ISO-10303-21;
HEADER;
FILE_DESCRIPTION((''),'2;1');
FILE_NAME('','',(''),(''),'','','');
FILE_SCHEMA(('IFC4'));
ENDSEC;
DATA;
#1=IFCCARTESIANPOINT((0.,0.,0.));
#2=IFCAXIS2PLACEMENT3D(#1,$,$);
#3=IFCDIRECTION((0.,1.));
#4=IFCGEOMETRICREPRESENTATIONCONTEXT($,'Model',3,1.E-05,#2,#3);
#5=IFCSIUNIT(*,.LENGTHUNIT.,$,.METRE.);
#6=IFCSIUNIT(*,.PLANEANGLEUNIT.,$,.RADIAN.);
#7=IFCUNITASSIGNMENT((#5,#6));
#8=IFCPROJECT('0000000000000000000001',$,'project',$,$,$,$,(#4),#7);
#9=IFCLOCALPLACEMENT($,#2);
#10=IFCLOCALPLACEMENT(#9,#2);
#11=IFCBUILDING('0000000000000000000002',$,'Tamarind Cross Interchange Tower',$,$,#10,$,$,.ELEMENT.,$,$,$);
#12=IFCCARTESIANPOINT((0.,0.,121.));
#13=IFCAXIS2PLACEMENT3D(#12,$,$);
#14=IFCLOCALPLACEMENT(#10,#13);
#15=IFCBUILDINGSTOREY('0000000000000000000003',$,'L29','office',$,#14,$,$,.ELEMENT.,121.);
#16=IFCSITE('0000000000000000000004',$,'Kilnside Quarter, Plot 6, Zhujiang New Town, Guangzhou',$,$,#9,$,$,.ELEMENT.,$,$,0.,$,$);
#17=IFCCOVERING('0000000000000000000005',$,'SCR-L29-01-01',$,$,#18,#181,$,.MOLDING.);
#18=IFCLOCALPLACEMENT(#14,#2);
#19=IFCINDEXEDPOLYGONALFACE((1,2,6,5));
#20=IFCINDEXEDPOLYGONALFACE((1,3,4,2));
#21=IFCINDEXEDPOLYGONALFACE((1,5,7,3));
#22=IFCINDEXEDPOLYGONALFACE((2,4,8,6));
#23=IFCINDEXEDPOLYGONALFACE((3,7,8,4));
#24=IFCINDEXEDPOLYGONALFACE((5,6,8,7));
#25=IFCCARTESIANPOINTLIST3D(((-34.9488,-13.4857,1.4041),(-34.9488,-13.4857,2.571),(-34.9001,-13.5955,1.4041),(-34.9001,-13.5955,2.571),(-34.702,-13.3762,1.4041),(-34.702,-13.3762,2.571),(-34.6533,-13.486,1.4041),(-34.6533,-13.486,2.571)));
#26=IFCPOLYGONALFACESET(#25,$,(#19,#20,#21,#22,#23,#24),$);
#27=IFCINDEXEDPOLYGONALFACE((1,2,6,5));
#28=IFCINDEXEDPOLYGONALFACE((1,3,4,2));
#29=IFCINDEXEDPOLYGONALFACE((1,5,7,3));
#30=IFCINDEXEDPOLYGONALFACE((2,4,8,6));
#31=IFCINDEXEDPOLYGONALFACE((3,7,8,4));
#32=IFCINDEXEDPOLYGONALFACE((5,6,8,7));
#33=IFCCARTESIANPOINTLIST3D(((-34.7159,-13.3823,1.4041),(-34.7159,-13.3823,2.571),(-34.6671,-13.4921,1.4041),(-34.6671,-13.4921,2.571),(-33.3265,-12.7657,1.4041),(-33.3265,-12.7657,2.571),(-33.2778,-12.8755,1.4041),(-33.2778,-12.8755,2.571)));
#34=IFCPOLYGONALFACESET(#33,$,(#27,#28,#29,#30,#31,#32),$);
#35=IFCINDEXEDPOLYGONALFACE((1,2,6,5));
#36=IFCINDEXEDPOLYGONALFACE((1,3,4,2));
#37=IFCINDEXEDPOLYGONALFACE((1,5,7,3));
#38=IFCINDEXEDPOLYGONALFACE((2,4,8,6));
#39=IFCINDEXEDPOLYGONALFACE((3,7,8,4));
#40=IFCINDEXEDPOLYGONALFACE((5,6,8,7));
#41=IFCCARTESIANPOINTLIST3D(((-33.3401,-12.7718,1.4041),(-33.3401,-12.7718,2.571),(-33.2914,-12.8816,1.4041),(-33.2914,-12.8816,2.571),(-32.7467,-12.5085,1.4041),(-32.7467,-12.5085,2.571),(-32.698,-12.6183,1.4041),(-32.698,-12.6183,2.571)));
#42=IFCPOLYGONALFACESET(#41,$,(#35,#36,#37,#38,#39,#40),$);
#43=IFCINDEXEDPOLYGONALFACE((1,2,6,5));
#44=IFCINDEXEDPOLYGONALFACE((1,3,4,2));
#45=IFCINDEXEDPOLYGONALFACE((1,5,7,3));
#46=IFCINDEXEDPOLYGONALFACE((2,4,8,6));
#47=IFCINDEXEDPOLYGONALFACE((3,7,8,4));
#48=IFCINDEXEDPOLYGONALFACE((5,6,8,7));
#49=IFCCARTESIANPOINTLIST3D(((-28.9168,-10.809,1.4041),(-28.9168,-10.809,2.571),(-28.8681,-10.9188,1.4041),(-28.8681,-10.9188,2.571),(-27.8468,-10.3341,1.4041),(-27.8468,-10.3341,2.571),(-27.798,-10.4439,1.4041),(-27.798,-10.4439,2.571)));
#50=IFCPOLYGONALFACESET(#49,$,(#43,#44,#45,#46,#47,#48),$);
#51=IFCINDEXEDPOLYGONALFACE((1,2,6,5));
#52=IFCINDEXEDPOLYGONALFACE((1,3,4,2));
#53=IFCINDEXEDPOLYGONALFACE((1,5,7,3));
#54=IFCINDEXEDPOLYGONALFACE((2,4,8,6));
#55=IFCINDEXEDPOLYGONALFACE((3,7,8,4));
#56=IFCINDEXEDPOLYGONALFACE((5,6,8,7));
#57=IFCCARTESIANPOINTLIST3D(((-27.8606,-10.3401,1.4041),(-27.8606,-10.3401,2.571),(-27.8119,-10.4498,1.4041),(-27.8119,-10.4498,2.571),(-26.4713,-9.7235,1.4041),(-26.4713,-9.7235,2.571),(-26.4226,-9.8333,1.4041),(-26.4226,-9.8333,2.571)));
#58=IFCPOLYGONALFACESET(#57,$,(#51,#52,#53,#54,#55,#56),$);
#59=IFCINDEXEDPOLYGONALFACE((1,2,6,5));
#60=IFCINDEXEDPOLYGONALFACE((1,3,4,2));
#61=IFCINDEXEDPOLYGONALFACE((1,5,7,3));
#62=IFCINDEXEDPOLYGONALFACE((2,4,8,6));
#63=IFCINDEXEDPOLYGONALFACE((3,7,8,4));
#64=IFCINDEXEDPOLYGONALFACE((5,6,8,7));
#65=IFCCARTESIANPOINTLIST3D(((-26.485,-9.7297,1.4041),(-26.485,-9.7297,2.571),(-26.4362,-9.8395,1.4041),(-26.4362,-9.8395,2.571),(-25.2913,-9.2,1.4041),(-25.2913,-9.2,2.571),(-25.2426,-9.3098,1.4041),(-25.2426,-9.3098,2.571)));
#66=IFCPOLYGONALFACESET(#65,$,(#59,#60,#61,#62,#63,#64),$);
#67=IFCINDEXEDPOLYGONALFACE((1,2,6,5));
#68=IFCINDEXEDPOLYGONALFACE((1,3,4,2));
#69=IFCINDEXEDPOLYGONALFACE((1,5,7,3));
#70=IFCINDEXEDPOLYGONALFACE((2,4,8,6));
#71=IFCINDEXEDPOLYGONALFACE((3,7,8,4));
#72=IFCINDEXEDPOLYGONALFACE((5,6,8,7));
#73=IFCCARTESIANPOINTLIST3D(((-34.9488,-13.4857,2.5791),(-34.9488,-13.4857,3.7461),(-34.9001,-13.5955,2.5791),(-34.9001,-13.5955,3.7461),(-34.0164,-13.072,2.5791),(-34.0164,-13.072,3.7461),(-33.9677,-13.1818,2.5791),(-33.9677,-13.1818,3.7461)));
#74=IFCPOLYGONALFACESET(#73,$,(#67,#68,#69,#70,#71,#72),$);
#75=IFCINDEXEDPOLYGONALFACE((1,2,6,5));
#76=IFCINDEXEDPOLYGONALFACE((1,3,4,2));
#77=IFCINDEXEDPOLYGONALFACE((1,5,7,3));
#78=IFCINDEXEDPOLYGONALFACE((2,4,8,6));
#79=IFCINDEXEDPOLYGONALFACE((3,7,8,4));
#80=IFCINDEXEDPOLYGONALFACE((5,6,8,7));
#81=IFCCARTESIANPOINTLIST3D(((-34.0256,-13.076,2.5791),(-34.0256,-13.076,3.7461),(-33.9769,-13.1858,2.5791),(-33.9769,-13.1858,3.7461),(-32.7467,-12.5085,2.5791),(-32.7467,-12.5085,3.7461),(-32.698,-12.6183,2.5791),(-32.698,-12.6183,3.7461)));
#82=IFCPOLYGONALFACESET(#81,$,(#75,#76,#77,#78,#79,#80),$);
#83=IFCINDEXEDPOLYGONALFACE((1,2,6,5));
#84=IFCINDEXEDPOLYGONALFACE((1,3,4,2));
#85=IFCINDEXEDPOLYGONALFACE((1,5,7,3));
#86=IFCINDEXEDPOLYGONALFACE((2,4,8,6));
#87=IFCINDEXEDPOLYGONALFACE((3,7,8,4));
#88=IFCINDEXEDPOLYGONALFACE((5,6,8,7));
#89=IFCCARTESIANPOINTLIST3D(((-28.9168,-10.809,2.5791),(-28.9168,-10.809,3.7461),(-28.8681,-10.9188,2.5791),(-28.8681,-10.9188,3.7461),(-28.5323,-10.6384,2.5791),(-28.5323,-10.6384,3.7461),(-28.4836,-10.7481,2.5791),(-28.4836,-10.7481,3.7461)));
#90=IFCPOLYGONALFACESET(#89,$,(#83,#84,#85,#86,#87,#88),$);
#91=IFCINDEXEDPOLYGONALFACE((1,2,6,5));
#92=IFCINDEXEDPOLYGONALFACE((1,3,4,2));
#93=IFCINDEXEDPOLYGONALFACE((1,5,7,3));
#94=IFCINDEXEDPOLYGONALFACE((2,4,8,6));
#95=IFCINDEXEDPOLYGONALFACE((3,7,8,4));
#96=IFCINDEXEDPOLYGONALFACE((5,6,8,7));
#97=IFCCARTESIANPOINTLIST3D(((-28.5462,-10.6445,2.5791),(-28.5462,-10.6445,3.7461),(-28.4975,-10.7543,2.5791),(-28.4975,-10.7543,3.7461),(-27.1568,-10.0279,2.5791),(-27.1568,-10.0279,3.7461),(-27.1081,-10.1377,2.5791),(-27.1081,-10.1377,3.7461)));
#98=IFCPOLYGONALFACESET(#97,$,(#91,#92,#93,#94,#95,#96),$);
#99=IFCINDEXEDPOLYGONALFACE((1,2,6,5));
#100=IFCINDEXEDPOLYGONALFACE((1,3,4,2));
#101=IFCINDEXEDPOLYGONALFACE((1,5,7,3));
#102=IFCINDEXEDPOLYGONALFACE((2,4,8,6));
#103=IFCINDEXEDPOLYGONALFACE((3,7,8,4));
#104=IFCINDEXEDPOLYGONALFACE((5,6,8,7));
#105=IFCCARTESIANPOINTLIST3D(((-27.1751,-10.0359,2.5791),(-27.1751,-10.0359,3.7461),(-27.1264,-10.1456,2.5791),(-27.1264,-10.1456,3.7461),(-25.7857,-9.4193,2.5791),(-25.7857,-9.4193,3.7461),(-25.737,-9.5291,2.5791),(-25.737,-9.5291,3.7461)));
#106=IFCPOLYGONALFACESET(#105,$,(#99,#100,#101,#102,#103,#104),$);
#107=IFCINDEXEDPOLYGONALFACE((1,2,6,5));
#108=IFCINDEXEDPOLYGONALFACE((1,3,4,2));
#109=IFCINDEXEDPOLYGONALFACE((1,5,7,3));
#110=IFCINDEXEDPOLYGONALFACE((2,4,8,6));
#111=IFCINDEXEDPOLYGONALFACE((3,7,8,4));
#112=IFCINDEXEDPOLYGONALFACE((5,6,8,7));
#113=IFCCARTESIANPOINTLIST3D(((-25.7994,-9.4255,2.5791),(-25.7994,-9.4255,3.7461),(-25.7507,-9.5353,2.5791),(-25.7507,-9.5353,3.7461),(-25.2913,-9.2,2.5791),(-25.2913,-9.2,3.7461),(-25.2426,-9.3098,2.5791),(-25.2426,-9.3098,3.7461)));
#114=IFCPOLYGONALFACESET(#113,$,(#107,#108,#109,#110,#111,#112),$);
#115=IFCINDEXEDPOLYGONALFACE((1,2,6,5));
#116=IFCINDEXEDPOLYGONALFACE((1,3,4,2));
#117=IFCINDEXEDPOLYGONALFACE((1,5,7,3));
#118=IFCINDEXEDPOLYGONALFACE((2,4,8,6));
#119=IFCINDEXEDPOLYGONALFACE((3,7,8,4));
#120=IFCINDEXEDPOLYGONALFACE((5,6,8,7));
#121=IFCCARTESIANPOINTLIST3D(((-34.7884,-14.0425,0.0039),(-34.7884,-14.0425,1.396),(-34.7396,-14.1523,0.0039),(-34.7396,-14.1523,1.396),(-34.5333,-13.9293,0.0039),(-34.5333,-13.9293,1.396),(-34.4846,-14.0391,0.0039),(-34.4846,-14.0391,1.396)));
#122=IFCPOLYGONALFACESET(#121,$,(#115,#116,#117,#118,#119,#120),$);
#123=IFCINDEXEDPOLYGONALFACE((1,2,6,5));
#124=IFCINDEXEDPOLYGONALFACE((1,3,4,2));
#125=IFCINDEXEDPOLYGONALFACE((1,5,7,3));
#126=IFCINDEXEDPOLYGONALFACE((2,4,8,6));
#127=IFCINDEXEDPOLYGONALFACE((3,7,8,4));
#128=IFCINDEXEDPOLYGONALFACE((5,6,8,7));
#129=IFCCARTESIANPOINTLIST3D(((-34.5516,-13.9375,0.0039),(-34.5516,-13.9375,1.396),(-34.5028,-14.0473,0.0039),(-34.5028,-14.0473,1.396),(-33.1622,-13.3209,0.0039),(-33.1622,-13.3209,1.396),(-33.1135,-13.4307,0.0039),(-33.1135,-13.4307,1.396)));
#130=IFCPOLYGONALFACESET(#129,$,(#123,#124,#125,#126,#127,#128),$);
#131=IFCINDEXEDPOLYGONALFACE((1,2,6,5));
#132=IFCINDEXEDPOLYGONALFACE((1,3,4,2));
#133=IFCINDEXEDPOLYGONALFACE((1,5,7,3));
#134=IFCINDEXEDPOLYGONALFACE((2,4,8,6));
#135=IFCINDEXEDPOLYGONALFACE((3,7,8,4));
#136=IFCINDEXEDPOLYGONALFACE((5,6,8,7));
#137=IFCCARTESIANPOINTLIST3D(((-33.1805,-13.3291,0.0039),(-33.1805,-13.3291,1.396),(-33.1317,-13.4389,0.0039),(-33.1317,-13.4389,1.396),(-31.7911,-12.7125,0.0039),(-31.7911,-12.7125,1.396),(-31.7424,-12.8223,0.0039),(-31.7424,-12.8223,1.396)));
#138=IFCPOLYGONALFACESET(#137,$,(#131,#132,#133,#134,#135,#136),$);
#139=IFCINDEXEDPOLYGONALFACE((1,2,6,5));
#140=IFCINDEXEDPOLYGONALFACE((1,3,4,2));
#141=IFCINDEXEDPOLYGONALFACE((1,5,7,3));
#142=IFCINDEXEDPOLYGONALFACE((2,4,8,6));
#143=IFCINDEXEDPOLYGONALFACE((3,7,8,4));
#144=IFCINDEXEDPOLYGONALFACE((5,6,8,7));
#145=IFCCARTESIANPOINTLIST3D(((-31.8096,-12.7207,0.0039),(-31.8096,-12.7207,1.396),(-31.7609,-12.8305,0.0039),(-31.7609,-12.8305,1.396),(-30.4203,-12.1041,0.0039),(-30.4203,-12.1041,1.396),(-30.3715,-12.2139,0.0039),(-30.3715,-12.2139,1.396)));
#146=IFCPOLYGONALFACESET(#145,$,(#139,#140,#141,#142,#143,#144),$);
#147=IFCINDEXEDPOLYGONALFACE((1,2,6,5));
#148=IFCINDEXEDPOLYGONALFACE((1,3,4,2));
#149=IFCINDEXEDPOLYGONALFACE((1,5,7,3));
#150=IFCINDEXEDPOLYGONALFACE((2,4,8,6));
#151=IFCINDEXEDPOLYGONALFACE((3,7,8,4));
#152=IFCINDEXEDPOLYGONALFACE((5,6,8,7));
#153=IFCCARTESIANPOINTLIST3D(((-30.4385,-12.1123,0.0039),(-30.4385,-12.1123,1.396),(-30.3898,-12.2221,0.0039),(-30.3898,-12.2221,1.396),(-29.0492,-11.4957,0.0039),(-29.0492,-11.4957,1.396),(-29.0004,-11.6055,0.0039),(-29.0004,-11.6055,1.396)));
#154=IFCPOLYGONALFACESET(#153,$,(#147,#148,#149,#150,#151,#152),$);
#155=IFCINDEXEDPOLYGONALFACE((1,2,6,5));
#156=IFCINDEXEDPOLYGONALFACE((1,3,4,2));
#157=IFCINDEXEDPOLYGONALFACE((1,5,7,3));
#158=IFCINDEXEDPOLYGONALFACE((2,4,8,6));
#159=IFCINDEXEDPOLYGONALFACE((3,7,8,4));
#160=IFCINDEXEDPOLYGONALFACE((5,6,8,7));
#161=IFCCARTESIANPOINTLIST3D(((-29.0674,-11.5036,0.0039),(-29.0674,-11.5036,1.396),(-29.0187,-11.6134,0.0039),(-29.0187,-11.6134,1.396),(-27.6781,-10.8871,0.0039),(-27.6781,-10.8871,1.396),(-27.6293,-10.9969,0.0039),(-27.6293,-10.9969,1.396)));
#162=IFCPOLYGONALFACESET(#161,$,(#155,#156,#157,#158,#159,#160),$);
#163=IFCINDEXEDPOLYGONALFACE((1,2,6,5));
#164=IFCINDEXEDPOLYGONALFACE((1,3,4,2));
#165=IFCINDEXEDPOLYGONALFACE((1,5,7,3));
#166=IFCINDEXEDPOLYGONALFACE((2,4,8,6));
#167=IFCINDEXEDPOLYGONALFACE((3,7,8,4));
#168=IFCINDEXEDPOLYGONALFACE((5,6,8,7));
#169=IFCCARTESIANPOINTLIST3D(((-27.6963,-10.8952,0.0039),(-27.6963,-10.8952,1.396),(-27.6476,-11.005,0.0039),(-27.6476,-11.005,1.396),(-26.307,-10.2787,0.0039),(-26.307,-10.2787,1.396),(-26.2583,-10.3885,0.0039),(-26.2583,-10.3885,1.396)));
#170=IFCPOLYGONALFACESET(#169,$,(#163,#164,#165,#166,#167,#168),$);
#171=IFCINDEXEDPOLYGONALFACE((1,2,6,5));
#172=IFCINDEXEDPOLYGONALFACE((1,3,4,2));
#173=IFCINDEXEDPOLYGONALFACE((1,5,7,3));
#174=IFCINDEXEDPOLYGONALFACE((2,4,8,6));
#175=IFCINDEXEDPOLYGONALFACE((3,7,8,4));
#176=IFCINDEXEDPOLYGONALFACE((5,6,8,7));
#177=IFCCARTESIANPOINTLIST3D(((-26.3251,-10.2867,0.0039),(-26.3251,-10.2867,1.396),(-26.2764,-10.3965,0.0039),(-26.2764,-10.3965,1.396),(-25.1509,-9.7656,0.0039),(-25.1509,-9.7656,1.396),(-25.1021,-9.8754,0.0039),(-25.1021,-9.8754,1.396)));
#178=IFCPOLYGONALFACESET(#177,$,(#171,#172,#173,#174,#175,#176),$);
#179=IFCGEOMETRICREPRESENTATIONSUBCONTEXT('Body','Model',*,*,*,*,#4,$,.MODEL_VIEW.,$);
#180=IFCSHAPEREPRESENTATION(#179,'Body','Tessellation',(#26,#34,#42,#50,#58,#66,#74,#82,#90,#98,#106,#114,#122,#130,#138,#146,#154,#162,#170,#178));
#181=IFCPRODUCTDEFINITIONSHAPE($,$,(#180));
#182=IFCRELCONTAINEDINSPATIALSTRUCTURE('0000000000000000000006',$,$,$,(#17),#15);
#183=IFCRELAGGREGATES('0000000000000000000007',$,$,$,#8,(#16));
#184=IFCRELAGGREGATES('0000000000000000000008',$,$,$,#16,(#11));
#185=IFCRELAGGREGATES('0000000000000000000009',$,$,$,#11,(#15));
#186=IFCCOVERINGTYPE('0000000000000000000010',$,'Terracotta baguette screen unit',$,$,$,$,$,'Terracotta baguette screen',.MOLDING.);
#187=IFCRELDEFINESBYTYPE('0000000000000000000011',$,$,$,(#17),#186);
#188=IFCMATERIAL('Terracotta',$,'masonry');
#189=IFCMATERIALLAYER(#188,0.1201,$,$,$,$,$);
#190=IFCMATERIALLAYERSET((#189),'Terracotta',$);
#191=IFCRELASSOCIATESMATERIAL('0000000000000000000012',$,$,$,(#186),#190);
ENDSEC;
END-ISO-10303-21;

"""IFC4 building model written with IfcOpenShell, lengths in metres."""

from ifc_helpers import new_model, si_unit, direction, frame, origin, origin_2d, place, context, subcontext, project, spatial, rectangle, extrude, material, layer, layer_set, type_object, element, save


model = new_model("IFC4")

# Units and contexts
model_context = context("Model", 3, precision=1e-05, world=origin(), true_north=direction((0.0, 1.0)))
body_context = subcontext(model_context, "Body", "Model", "MODEL_VIEW")
ifc_project = project(units=[si_unit("LENGTHUNIT", "METRE"), si_unit("PLANEANGLEUNIT", "RADIAN")], contexts=[model_context])

# Site, building, storey
site_placement = place(None, origin())
site = spatial("IfcSite", under=ifc_project, at=site_placement, Name="Kilnside Quarter, Plot 6, Zhujiang New Town, Guangzhou", CompositionType="ELEMENT", RefElevation=0.0)
building_placement = place(site_placement, origin())
building = spatial("IfcBuilding", under=site, at=building_placement, Name="Tamarind Cross Interchange Tower", CompositionType="ELEMENT")
storey_placement = place(building_placement, frame((0.0, 0.0, 121.0)))
storey = spatial("IfcBuildingStorey", under=building, at=storey_placement, Name="L29", Description="office", CompositionType="ELEMENT", Elevation=121.0)

# Covering
ifc_material_1 = material(Name="Terracotta", Category="masonry")
ifc_layer_1 = layer(ifc_material_1, 0.1201)
ifc_layer_set_1 = layer_set([ifc_layer_1], Name="Terracotta")
covering_type = type_object("IfcCoveringType", Name="Terracotta baguette screen unit", ElementType="Terracotta baguette screen", PredefinedType="MOLDING", material=ifc_layer_set_1)
covering_placement = place(storey_placement, origin())
element("IfcCovering", 1, at=covering_placement, inside=storey, type_object=covering_type, Name="SCR-L29-01-01", PredefinedType="MOLDING", context=body_context, shape_type="SweptSolid", body=[
    extrude(rectangle(XDim=0.27, YDim=0.1201, at=origin_2d()), frame((-34.801, -13.4858, 1.4041), z_axis=(0.0, 0.0, 1.0), x_axis=(0.91404, 0.405624, 0.0)), (0.0, 0.0, 1.0), 1.167),
    extrude(rectangle(XDim=1.52, YDim=0.1201, at=origin_2d()), frame((-33.9968, -13.1289, 1.4041), z_axis=(0.0, 0.0, 1.0), x_axis=(0.91404, 0.405624, 0.0)), (0.0, 0.0, 1.0), 1.167),
    extrude(rectangle(XDim=0.6492, YDim=0.1201, at=origin_2d()), frame((-33.019, -12.6951, 1.4041), z_axis=(0.0, 0.0, 1.0), x_axis=(0.91404, 0.405624, 0.0)), (0.0, 0.0, 1.0), 1.167),
    extrude(rectangle(XDim=1.1707, YDim=0.1201, at=origin_2d()), frame((-28.3574, -10.6265, 1.4041), z_axis=(0.0, 0.0, 1.0), x_axis=(0.91404, 0.405624, 0.0)), (0.0, 0.0, 1.0), 1.167),
    extrude(rectangle(XDim=1.52, YDim=0.1201, at=origin_2d()), frame((-27.1416, -10.0867, 1.4041), z_axis=(0.0, 0.0, 1.0), x_axis=(0.91404, 0.405624, 0.0)), (0.0, 0.0, 1.0), 1.167),
    extrude(rectangle(XDim=1.3059, YDim=0.1201, at=origin_2d()), frame((-25.8638, -9.5198, 1.4041), z_axis=(0.0, 0.0, 1.0), x_axis=(0.91404, 0.405624, 0.0)), (0.0, 0.0, 1.0), 1.167),
    extrude(rectangle(XDim=1.02, YDim=0.1201, at=origin_2d()), frame((-34.4583, -13.3337, 2.5791), z_axis=(0.0, 0.0, 1.0), x_axis=(0.91404, 0.405624, 0.0)), (0.0, 0.0, 1.0), 1.167),
    extrude(rectangle(XDim=1.3992, YDim=0.1201, at=origin_2d()), frame((-33.3618, -12.8472, 2.5791), z_axis=(0.0, 0.0, 1.0), x_axis=(0.91404, 0.405624, 0.0)), (0.0, 0.0, 1.0), 1.167),
    extrude(rectangle(XDim=0.4207, YDim=0.1201, at=origin_2d()), frame((-28.7002, -10.7786, 2.5791), z_axis=(0.0, 0.0, 1.0), x_axis=(0.91404, 0.405624, 0.0)), (0.0, 0.0, 1.0), 1.167),
    extrude(rectangle(XDim=1.52, YDim=0.1201, at=origin_2d()), frame((-27.8271, -10.3911, 2.5791), z_axis=(0.0, 0.0, 1.0), x_axis=(0.91404, 0.405624, 0.0)), (0.0, 0.0, 1.0), 1.167),
    extrude(rectangle(XDim=1.52, YDim=0.1201, at=origin_2d()), frame((-26.4561, -9.7825, 2.5791), z_axis=(0.0, 0.0, 1.0), x_axis=(0.91404, 0.405624, 0.0)), (0.0, 0.0, 1.0), 1.167),
    extrude(rectangle(XDim=0.5559, YDim=0.1201, at=origin_2d()), frame((-25.521, -9.3677, 2.5791), z_axis=(0.0, 0.0, 1.0), x_axis=(0.91404, 0.405624, 0.0)), (0.0, 0.0, 1.0), 1.167),
    extrude(rectangle(XDim=0.2791, YDim=0.1201, at=origin_2d()), frame((-34.6365, -14.0408, 0.0039), z_axis=(0.0, 0.0, 1.0), x_axis=(0.91404, 0.405624, 0.0)), (0.0, 0.0, 1.0), 1.3921),
    extrude(rectangle(XDim=1.52, YDim=0.1201, at=origin_2d()), frame((-33.8325, -13.6841, 0.0039), z_axis=(0.0, 0.0, 1.0), x_axis=(0.91404, 0.405624, 0.0)), (0.0, 0.0, 1.0), 1.3921),
    extrude(rectangle(XDim=1.52, YDim=0.1201, at=origin_2d()), frame((-32.4614, -13.0757, 0.0039), z_axis=(0.0, 0.0, 1.0), x_axis=(0.91404, 0.405624, 0.0)), (0.0, 0.0, 1.0), 1.3921),
    extrude(rectangle(XDim=1.52, YDim=0.1201, at=origin_2d()), frame((-31.0906, -12.4673, 0.0039), z_axis=(0.0, 0.0, 1.0), x_axis=(0.91404, 0.405624, 0.0)), (0.0, 0.0, 1.0), 1.3921),
    extrude(rectangle(XDim=1.52, YDim=0.1201, at=origin_2d()), frame((-29.7195, -11.8589, 0.0039), z_axis=(0.0, 0.0, 1.0), x_axis=(0.91404, 0.405624, 0.0)), (0.0, 0.0, 1.0), 1.3921),
    extrude(rectangle(XDim=1.52, YDim=0.1201, at=origin_2d()), frame((-28.3484, -11.2502, 0.0039), z_axis=(0.0, 0.0, 1.0), x_axis=(0.91404, 0.405624, 0.0)), (0.0, 0.0, 1.0), 1.3921),
    extrude(rectangle(XDim=1.52, YDim=0.1201, at=origin_2d()), frame((-26.9773, -10.6418, 0.0039), z_axis=(0.0, 0.0, 1.0), x_axis=(0.91404, 0.405624, 0.0)), (0.0, 0.0, 1.0), 1.3921),
    extrude(rectangle(XDim=1.2847, YDim=0.1201, at=origin_2d()), frame((-25.7136, -10.0811, 0.0039), z_axis=(0.0, 0.0, 1.0), x_axis=(0.91404, 0.405624, 0.0)), (0.0, 0.0, 1.0), 1.3921),
])

save(model, "model.ifc")
